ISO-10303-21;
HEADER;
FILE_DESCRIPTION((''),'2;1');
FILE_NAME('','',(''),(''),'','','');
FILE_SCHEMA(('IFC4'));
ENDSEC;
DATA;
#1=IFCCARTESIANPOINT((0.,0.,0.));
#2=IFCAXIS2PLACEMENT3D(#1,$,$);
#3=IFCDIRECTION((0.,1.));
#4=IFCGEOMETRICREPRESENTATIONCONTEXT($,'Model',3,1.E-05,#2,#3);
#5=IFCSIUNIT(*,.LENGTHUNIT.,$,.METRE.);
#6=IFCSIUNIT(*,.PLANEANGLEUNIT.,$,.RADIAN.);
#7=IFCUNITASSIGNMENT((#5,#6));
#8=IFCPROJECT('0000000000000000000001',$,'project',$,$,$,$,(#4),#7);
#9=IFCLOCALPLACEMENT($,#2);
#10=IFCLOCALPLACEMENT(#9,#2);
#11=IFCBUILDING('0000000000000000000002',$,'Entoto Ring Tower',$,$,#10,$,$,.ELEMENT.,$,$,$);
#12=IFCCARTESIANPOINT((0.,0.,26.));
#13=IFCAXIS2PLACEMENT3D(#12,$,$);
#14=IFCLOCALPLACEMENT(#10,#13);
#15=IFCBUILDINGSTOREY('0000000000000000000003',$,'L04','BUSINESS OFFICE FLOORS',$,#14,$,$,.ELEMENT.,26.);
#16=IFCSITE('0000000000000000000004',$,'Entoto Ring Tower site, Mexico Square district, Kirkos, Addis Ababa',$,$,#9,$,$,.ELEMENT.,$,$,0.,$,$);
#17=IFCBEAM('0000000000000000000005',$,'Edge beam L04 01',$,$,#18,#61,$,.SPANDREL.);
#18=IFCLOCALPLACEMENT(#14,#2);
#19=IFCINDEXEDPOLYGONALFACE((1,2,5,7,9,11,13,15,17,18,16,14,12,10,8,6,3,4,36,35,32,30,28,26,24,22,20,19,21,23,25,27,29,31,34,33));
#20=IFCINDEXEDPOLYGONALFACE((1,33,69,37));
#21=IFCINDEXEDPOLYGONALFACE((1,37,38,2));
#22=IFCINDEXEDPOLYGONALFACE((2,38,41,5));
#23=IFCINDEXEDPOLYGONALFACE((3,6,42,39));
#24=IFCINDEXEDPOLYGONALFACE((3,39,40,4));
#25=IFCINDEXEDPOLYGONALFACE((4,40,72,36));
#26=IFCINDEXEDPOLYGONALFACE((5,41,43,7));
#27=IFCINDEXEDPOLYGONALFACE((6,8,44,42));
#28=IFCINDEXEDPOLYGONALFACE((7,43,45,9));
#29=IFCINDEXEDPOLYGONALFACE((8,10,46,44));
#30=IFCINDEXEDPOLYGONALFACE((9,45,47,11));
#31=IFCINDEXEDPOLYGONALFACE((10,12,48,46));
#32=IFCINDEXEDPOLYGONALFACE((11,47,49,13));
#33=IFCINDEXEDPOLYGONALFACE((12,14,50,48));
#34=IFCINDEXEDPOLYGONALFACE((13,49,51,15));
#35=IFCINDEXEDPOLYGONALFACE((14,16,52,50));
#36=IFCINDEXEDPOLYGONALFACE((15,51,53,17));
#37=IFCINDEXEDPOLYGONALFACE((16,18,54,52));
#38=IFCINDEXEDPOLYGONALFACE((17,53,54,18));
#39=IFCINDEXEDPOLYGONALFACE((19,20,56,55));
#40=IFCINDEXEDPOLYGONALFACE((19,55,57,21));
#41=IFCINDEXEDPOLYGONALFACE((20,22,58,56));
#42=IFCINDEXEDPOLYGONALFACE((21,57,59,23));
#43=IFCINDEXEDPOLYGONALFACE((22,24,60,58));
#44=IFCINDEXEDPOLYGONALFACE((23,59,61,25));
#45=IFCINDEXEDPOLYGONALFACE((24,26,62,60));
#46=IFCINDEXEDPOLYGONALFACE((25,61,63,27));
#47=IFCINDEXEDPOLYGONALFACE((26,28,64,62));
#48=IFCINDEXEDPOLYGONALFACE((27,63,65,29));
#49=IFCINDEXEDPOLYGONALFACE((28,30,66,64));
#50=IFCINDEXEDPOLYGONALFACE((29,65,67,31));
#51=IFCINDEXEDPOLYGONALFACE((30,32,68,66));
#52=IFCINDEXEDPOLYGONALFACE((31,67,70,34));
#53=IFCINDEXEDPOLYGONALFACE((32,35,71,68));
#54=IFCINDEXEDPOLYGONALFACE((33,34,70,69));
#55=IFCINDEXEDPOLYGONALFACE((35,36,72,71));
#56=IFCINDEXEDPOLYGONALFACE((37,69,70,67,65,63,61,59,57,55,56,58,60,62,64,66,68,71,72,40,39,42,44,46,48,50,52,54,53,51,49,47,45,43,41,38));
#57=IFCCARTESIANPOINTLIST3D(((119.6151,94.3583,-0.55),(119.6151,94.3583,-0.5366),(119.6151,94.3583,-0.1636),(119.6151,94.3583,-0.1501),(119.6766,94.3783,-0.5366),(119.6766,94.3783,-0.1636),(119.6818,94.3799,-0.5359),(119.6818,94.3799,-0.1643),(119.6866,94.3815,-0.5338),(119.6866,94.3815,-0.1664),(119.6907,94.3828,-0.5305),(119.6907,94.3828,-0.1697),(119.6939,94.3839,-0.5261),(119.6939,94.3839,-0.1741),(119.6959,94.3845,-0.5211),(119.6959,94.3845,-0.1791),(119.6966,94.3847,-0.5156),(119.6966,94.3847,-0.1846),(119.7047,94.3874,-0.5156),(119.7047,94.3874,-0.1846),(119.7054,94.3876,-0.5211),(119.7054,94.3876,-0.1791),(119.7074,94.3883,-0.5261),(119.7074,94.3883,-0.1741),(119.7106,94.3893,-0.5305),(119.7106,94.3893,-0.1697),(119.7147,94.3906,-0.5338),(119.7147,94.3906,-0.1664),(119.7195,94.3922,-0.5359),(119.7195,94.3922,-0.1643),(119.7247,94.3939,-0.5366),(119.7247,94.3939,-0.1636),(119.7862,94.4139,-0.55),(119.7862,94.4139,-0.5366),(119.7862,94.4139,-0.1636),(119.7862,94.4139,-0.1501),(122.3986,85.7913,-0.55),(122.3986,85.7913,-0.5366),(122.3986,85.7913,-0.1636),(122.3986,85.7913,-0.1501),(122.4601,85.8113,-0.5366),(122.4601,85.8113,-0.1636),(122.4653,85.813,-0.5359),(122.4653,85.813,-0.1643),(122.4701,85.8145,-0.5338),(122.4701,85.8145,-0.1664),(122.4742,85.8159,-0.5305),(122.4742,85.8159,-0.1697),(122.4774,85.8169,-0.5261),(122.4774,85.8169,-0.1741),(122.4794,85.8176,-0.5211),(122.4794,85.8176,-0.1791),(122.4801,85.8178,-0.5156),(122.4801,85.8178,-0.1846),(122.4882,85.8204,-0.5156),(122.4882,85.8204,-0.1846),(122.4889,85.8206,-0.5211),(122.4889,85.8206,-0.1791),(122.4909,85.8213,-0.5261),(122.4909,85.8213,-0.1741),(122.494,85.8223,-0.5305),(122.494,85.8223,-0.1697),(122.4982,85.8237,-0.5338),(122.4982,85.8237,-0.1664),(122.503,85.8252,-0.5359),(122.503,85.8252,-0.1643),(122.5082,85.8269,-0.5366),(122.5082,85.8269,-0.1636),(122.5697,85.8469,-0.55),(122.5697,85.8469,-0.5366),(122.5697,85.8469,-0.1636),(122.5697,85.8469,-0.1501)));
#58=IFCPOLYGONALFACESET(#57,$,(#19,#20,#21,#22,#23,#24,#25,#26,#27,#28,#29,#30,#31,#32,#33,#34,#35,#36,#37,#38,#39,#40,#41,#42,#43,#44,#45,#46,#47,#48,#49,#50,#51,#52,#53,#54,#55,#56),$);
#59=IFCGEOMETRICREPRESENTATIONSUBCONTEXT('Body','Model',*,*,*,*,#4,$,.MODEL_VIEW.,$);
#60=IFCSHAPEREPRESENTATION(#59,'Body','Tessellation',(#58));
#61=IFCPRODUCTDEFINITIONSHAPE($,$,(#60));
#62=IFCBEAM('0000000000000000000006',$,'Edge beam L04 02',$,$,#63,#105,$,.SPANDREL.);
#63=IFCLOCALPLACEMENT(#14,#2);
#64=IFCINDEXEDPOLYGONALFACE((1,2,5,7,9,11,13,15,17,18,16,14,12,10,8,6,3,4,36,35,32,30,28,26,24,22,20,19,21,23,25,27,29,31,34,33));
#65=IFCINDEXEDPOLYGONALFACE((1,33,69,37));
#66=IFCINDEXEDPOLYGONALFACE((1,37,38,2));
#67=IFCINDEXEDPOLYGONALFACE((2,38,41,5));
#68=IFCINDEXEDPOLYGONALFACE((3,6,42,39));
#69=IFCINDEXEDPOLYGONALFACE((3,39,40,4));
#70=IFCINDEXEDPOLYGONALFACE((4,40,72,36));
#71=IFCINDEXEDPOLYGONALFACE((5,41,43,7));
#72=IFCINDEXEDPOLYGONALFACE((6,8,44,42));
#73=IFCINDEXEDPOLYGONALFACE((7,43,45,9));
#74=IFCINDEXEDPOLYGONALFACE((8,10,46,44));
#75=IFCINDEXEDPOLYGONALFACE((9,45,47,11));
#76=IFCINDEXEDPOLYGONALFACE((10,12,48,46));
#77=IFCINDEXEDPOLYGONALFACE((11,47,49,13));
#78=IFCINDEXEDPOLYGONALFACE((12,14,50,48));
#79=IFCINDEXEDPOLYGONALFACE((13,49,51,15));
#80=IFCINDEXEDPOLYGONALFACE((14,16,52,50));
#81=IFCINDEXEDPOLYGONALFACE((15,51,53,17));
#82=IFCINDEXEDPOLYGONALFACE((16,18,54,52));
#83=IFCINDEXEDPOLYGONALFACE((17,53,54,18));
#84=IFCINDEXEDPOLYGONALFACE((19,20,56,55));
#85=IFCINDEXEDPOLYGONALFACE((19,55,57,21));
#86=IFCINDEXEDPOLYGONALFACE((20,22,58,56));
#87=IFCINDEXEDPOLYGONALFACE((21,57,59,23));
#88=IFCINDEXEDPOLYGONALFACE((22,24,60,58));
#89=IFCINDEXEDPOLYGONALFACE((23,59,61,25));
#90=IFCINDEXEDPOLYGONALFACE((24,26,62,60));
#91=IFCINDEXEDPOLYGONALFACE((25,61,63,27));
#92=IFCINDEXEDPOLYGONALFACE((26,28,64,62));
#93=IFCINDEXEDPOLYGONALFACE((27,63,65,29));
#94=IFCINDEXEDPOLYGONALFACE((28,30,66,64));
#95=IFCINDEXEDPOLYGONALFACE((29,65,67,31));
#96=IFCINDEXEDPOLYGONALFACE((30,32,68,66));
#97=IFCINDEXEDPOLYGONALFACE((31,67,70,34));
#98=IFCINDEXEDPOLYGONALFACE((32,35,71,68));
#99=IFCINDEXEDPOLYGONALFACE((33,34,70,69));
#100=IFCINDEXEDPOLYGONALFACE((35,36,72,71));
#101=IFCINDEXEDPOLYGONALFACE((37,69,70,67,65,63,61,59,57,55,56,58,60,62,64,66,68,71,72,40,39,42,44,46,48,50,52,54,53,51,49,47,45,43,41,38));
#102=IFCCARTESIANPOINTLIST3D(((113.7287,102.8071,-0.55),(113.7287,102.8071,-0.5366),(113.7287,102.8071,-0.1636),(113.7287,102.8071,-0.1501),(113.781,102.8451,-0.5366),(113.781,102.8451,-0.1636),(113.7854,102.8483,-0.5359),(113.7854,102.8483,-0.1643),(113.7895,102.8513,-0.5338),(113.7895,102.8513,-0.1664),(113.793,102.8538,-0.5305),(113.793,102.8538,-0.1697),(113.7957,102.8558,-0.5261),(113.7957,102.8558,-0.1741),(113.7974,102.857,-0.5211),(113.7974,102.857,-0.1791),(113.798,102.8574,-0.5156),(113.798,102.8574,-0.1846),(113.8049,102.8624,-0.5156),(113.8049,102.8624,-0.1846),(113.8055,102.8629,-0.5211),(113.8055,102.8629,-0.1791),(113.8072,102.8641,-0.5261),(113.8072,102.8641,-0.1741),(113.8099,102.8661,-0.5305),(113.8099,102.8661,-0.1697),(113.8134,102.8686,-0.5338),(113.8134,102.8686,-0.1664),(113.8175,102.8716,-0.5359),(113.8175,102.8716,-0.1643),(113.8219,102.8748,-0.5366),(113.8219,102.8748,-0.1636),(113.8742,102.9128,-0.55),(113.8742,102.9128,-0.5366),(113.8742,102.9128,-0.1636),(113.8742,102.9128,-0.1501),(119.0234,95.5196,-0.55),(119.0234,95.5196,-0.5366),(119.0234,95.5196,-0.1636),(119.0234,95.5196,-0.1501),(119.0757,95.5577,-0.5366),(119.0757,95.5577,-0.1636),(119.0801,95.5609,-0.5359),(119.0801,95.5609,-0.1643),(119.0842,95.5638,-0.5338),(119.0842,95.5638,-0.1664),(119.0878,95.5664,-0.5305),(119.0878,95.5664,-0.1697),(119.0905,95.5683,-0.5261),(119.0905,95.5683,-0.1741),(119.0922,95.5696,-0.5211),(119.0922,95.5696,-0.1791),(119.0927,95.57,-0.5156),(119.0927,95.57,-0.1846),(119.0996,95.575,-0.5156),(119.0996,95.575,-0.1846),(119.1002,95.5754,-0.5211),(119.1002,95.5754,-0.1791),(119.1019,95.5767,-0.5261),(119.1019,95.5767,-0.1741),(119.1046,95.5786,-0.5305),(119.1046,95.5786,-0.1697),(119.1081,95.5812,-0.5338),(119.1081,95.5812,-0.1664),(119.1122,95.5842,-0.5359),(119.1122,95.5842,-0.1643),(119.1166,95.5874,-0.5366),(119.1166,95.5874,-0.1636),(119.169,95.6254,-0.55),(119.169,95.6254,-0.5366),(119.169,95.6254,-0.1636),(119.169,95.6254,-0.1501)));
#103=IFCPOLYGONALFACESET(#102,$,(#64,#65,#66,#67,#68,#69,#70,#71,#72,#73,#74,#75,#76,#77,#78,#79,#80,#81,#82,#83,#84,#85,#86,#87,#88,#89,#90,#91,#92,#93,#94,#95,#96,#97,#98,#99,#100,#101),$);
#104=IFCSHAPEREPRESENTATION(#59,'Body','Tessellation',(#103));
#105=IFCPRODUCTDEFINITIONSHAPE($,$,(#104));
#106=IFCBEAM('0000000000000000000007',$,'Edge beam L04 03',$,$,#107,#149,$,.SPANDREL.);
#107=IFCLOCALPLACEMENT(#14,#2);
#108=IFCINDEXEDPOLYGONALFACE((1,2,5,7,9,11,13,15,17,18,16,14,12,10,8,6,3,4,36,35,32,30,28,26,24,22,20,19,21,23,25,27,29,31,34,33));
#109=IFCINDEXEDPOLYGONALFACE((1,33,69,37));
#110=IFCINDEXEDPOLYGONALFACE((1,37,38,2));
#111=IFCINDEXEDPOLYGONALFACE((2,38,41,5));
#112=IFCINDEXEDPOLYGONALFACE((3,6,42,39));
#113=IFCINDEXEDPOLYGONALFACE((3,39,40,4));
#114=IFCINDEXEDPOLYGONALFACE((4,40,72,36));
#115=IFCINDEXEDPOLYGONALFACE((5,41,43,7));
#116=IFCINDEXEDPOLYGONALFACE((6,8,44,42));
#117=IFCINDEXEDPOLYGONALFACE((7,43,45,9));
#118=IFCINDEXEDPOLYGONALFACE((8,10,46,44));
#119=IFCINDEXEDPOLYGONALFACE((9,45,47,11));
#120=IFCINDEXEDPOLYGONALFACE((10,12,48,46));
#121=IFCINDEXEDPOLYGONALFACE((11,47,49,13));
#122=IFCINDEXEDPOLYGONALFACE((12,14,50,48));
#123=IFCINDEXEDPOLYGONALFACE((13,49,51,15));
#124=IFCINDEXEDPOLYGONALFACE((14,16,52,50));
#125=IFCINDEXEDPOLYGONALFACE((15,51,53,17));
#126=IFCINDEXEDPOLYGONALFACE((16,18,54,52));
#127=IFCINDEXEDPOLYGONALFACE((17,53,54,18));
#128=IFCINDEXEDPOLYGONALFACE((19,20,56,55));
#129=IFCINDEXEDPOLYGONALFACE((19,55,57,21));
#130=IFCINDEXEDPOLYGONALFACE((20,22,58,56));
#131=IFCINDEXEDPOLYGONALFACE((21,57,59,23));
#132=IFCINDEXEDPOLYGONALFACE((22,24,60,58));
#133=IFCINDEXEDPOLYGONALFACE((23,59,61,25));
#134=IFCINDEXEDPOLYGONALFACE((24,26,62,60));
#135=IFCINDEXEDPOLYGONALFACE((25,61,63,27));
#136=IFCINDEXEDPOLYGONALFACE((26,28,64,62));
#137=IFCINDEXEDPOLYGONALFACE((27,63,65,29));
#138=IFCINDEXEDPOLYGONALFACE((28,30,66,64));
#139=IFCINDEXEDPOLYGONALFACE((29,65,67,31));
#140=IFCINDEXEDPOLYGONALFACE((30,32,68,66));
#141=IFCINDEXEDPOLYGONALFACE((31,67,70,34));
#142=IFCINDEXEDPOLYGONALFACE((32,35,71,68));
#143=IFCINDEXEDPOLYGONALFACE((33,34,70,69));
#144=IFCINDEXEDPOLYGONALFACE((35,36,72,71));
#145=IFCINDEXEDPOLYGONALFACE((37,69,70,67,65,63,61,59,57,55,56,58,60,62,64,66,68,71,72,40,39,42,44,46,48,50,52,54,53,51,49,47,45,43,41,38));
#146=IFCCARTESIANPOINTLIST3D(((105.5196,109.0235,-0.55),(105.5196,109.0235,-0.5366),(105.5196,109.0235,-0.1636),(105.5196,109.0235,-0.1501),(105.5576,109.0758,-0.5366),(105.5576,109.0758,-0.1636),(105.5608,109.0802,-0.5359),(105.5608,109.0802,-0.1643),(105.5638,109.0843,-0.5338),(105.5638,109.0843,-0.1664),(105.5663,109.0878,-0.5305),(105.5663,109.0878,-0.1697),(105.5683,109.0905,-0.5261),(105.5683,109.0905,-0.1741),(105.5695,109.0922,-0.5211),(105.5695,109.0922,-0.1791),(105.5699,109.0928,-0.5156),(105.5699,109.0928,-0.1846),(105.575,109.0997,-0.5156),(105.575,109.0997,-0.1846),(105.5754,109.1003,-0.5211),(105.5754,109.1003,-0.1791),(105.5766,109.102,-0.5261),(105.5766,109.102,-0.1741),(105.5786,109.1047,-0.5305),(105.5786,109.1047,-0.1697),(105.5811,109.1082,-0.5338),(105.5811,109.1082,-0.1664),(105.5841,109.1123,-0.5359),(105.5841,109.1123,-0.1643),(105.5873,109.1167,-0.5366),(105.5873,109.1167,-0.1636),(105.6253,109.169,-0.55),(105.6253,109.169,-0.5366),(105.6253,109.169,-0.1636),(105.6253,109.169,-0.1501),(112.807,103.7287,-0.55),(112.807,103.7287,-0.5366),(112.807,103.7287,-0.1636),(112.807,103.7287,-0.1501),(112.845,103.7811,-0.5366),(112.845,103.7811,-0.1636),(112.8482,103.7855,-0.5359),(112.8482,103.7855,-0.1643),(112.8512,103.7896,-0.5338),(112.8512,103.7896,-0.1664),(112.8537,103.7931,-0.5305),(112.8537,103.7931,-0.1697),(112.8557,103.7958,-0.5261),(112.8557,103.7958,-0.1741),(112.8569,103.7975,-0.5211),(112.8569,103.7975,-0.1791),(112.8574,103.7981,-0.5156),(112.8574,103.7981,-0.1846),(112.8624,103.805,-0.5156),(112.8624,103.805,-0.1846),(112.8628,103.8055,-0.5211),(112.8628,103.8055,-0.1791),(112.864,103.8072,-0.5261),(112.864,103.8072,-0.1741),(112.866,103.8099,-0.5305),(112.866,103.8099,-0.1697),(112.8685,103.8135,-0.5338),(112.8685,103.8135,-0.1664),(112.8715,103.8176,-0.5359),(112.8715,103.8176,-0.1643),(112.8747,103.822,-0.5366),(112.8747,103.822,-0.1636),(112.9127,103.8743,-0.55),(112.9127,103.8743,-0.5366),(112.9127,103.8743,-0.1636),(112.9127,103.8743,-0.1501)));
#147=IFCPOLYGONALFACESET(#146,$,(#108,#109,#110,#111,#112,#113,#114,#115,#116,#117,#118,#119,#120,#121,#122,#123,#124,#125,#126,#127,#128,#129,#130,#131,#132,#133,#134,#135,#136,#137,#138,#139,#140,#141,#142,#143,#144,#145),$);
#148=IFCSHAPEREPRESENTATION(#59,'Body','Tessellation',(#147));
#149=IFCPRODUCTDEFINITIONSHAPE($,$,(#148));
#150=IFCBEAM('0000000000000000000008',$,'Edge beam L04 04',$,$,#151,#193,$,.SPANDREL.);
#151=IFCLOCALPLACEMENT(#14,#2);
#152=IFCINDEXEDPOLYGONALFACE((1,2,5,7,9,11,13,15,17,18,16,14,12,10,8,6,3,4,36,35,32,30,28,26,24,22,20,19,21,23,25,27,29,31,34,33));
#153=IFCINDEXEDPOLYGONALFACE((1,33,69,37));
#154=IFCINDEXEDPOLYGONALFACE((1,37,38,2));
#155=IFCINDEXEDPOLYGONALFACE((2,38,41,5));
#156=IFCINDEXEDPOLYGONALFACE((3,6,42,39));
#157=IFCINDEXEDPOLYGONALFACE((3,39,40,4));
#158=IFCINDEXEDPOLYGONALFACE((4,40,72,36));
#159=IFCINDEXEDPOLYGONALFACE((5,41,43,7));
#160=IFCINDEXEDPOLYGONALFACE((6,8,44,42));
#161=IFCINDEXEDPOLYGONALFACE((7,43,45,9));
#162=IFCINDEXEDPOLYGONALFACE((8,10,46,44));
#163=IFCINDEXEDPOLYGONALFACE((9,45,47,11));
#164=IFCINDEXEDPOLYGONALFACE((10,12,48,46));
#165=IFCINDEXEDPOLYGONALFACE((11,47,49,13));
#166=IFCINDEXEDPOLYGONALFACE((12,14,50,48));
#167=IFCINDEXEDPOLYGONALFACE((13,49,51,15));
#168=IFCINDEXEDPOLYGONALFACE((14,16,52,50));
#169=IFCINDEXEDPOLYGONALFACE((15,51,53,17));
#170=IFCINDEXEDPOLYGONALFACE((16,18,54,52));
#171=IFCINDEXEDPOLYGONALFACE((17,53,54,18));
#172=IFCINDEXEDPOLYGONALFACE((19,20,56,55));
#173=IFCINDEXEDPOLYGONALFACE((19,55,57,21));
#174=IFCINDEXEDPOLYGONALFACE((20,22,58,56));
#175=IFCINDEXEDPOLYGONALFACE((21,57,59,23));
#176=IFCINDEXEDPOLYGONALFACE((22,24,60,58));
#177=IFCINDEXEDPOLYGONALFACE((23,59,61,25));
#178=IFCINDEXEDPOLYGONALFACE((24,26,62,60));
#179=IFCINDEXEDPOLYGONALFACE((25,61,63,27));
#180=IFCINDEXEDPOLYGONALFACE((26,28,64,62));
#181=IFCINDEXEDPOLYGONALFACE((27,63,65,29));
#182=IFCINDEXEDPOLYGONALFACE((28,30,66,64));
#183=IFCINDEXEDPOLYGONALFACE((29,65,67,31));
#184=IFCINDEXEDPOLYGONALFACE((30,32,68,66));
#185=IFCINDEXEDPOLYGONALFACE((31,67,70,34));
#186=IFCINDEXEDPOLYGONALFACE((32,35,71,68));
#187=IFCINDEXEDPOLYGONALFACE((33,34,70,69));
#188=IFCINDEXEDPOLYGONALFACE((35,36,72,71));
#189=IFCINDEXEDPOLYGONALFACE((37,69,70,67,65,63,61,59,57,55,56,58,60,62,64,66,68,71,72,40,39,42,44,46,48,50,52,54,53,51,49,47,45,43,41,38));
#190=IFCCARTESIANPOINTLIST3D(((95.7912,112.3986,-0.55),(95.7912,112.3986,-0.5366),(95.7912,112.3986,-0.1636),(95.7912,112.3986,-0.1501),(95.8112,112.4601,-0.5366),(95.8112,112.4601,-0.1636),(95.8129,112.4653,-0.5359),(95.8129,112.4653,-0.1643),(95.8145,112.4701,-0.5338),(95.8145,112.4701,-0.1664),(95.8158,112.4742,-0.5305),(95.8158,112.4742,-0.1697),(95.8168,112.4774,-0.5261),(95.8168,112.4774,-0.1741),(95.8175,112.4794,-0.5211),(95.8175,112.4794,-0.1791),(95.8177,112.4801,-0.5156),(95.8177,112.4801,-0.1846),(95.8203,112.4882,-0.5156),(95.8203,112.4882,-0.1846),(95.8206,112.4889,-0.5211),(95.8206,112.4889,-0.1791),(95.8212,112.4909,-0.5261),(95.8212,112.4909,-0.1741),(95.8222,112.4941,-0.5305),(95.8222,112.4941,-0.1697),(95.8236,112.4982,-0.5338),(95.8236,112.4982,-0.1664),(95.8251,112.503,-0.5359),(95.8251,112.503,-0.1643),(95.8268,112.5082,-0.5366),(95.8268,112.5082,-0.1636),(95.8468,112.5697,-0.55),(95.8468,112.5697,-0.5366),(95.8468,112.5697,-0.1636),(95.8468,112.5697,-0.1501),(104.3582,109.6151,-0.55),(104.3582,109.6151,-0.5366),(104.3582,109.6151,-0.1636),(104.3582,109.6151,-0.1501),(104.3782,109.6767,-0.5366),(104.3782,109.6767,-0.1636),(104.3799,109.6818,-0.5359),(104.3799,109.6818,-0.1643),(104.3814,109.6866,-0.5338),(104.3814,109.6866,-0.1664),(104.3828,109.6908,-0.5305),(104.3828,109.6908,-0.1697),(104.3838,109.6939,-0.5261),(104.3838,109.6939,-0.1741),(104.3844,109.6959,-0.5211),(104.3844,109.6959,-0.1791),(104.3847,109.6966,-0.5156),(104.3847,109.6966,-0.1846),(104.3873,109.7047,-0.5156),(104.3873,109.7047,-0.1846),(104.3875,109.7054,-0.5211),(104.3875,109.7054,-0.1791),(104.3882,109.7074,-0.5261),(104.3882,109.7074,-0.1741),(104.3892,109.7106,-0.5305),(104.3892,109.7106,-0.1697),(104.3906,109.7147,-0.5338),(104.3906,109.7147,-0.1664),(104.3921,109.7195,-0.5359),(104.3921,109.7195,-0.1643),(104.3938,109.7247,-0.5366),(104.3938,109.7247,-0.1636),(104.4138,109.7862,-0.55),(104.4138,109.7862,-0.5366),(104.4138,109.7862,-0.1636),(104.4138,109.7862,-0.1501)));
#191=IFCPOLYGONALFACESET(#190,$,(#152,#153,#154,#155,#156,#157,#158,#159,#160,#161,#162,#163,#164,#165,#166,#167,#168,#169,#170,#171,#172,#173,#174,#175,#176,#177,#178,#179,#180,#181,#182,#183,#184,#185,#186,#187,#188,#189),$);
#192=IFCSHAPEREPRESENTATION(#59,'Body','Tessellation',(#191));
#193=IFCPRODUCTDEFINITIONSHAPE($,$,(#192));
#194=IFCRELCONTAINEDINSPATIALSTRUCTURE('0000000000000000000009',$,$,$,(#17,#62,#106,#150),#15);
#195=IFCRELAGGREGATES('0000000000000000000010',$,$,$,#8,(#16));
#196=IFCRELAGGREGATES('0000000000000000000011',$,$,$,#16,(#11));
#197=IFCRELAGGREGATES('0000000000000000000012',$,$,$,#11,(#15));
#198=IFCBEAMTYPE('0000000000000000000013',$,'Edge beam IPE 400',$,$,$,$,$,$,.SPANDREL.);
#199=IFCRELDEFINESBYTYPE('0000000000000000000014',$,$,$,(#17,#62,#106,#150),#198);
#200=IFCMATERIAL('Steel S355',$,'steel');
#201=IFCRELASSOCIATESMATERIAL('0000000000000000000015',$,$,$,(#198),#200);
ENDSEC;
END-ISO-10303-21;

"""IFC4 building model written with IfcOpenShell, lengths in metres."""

from ifc_helpers import new_model, si_unit, direction, frame, origin, origin_2d, place, context, subcontext, project, spatial, i_section, extrude, material, material_profile, profile_set, type_object, element, save


model = new_model("IFC4")

# Units and contexts
model_context = context("Model", 3, precision=1e-05, world=origin(), true_north=direction((0.0, 1.0)))
body_context = subcontext(model_context, "Body", "Model", "MODEL_VIEW")
ifc_project = project(units=[si_unit("LENGTHUNIT", "METRE"), si_unit("PLANEANGLEUNIT", "RADIAN")], contexts=[model_context])

# Site, building, storey
site_placement = place(None, origin())
site = spatial("IfcSite", under=ifc_project, at=site_placement, Name="Entoto Ring Tower site, Mexico Square district, Kirkos, Addis Ababa", CompositionType="ELEMENT", RefElevation=0.0)
building_placement = place(site_placement, origin())
building = spatial("IfcBuilding", under=site, at=building_placement, Name="Entoto Ring Tower", CompositionType="ELEMENT")
storey_placement = place(building_placement, frame((0.0, 0.0, 26.0)))
storey = spatial("IfcBuildingStorey", under=building, at=storey_placement, Name="L04", Description="BUSINESS OFFICE FLOORS", CompositionType="ELEMENT", Elevation=26.0)

# Beams
ifc_material_1 = material(Name="Steel S355", Category="steel")
ifc_material_profile_1 = material_profile(ifc_material_1, i_section(OverallWidth=0.1799, OverallDepth=0.3999, WebThickness=0.0085, FlangeThickness=0.0134, FilletRadius=0.021, at=origin_2d()), Name="IPE 400")
ifc_profile_set_1 = profile_set([ifc_material_profile_1], Name="Steel S355")
beam_type_1 = type_object("IfcBeamType", Name="Edge beam IPE 400", PredefinedType="SPANDREL", material=ifc_profile_set_1)
for number, where, z_axis, x_axis, name in (
    (1, (122.4841, 85.8191, -0.3501), (-0.309006, 0.95106, 0.0), (-0.95106, -0.309006, 0.0), "Edge beam L04 01"),
    (2, (119.0962, 95.5725, -0.3501), (-0.587793, 0.809011, 0.0), (-0.809011, -0.587793, 0.0), "Edge beam L04 02"),
    (3, (112.8599, 103.8015, -0.3501), (-0.809011, 0.587793, 0.0), (-0.587793, -0.809011, 0.0), "Edge beam L04 03"),
    (4, (104.386, 109.7007, -0.3501), (-0.95106, 0.309006, 0.0), (-0.309006, -0.95106, 0.0), "Edge beam L04 04"),
):
    element("IfcBeam", number, at=place(storey_placement, frame(where, z_axis=z_axis, x_axis=x_axis)), inside=storey, type_object=beam_type_1, Name=name, PredefinedType="SPANDREL", context=body_context, shape_type="SweptSolid", body=[
        extrude(i_section(OverallWidth=0.1799, OverallDepth=0.3999, WebThickness=0.0085, FlangeThickness=0.0134, FilletRadius=0.021, at=origin_2d()), origin(), (0.0, 0.0, 1.0), 9.0078),
    ])

save(model, "model.ifc")
